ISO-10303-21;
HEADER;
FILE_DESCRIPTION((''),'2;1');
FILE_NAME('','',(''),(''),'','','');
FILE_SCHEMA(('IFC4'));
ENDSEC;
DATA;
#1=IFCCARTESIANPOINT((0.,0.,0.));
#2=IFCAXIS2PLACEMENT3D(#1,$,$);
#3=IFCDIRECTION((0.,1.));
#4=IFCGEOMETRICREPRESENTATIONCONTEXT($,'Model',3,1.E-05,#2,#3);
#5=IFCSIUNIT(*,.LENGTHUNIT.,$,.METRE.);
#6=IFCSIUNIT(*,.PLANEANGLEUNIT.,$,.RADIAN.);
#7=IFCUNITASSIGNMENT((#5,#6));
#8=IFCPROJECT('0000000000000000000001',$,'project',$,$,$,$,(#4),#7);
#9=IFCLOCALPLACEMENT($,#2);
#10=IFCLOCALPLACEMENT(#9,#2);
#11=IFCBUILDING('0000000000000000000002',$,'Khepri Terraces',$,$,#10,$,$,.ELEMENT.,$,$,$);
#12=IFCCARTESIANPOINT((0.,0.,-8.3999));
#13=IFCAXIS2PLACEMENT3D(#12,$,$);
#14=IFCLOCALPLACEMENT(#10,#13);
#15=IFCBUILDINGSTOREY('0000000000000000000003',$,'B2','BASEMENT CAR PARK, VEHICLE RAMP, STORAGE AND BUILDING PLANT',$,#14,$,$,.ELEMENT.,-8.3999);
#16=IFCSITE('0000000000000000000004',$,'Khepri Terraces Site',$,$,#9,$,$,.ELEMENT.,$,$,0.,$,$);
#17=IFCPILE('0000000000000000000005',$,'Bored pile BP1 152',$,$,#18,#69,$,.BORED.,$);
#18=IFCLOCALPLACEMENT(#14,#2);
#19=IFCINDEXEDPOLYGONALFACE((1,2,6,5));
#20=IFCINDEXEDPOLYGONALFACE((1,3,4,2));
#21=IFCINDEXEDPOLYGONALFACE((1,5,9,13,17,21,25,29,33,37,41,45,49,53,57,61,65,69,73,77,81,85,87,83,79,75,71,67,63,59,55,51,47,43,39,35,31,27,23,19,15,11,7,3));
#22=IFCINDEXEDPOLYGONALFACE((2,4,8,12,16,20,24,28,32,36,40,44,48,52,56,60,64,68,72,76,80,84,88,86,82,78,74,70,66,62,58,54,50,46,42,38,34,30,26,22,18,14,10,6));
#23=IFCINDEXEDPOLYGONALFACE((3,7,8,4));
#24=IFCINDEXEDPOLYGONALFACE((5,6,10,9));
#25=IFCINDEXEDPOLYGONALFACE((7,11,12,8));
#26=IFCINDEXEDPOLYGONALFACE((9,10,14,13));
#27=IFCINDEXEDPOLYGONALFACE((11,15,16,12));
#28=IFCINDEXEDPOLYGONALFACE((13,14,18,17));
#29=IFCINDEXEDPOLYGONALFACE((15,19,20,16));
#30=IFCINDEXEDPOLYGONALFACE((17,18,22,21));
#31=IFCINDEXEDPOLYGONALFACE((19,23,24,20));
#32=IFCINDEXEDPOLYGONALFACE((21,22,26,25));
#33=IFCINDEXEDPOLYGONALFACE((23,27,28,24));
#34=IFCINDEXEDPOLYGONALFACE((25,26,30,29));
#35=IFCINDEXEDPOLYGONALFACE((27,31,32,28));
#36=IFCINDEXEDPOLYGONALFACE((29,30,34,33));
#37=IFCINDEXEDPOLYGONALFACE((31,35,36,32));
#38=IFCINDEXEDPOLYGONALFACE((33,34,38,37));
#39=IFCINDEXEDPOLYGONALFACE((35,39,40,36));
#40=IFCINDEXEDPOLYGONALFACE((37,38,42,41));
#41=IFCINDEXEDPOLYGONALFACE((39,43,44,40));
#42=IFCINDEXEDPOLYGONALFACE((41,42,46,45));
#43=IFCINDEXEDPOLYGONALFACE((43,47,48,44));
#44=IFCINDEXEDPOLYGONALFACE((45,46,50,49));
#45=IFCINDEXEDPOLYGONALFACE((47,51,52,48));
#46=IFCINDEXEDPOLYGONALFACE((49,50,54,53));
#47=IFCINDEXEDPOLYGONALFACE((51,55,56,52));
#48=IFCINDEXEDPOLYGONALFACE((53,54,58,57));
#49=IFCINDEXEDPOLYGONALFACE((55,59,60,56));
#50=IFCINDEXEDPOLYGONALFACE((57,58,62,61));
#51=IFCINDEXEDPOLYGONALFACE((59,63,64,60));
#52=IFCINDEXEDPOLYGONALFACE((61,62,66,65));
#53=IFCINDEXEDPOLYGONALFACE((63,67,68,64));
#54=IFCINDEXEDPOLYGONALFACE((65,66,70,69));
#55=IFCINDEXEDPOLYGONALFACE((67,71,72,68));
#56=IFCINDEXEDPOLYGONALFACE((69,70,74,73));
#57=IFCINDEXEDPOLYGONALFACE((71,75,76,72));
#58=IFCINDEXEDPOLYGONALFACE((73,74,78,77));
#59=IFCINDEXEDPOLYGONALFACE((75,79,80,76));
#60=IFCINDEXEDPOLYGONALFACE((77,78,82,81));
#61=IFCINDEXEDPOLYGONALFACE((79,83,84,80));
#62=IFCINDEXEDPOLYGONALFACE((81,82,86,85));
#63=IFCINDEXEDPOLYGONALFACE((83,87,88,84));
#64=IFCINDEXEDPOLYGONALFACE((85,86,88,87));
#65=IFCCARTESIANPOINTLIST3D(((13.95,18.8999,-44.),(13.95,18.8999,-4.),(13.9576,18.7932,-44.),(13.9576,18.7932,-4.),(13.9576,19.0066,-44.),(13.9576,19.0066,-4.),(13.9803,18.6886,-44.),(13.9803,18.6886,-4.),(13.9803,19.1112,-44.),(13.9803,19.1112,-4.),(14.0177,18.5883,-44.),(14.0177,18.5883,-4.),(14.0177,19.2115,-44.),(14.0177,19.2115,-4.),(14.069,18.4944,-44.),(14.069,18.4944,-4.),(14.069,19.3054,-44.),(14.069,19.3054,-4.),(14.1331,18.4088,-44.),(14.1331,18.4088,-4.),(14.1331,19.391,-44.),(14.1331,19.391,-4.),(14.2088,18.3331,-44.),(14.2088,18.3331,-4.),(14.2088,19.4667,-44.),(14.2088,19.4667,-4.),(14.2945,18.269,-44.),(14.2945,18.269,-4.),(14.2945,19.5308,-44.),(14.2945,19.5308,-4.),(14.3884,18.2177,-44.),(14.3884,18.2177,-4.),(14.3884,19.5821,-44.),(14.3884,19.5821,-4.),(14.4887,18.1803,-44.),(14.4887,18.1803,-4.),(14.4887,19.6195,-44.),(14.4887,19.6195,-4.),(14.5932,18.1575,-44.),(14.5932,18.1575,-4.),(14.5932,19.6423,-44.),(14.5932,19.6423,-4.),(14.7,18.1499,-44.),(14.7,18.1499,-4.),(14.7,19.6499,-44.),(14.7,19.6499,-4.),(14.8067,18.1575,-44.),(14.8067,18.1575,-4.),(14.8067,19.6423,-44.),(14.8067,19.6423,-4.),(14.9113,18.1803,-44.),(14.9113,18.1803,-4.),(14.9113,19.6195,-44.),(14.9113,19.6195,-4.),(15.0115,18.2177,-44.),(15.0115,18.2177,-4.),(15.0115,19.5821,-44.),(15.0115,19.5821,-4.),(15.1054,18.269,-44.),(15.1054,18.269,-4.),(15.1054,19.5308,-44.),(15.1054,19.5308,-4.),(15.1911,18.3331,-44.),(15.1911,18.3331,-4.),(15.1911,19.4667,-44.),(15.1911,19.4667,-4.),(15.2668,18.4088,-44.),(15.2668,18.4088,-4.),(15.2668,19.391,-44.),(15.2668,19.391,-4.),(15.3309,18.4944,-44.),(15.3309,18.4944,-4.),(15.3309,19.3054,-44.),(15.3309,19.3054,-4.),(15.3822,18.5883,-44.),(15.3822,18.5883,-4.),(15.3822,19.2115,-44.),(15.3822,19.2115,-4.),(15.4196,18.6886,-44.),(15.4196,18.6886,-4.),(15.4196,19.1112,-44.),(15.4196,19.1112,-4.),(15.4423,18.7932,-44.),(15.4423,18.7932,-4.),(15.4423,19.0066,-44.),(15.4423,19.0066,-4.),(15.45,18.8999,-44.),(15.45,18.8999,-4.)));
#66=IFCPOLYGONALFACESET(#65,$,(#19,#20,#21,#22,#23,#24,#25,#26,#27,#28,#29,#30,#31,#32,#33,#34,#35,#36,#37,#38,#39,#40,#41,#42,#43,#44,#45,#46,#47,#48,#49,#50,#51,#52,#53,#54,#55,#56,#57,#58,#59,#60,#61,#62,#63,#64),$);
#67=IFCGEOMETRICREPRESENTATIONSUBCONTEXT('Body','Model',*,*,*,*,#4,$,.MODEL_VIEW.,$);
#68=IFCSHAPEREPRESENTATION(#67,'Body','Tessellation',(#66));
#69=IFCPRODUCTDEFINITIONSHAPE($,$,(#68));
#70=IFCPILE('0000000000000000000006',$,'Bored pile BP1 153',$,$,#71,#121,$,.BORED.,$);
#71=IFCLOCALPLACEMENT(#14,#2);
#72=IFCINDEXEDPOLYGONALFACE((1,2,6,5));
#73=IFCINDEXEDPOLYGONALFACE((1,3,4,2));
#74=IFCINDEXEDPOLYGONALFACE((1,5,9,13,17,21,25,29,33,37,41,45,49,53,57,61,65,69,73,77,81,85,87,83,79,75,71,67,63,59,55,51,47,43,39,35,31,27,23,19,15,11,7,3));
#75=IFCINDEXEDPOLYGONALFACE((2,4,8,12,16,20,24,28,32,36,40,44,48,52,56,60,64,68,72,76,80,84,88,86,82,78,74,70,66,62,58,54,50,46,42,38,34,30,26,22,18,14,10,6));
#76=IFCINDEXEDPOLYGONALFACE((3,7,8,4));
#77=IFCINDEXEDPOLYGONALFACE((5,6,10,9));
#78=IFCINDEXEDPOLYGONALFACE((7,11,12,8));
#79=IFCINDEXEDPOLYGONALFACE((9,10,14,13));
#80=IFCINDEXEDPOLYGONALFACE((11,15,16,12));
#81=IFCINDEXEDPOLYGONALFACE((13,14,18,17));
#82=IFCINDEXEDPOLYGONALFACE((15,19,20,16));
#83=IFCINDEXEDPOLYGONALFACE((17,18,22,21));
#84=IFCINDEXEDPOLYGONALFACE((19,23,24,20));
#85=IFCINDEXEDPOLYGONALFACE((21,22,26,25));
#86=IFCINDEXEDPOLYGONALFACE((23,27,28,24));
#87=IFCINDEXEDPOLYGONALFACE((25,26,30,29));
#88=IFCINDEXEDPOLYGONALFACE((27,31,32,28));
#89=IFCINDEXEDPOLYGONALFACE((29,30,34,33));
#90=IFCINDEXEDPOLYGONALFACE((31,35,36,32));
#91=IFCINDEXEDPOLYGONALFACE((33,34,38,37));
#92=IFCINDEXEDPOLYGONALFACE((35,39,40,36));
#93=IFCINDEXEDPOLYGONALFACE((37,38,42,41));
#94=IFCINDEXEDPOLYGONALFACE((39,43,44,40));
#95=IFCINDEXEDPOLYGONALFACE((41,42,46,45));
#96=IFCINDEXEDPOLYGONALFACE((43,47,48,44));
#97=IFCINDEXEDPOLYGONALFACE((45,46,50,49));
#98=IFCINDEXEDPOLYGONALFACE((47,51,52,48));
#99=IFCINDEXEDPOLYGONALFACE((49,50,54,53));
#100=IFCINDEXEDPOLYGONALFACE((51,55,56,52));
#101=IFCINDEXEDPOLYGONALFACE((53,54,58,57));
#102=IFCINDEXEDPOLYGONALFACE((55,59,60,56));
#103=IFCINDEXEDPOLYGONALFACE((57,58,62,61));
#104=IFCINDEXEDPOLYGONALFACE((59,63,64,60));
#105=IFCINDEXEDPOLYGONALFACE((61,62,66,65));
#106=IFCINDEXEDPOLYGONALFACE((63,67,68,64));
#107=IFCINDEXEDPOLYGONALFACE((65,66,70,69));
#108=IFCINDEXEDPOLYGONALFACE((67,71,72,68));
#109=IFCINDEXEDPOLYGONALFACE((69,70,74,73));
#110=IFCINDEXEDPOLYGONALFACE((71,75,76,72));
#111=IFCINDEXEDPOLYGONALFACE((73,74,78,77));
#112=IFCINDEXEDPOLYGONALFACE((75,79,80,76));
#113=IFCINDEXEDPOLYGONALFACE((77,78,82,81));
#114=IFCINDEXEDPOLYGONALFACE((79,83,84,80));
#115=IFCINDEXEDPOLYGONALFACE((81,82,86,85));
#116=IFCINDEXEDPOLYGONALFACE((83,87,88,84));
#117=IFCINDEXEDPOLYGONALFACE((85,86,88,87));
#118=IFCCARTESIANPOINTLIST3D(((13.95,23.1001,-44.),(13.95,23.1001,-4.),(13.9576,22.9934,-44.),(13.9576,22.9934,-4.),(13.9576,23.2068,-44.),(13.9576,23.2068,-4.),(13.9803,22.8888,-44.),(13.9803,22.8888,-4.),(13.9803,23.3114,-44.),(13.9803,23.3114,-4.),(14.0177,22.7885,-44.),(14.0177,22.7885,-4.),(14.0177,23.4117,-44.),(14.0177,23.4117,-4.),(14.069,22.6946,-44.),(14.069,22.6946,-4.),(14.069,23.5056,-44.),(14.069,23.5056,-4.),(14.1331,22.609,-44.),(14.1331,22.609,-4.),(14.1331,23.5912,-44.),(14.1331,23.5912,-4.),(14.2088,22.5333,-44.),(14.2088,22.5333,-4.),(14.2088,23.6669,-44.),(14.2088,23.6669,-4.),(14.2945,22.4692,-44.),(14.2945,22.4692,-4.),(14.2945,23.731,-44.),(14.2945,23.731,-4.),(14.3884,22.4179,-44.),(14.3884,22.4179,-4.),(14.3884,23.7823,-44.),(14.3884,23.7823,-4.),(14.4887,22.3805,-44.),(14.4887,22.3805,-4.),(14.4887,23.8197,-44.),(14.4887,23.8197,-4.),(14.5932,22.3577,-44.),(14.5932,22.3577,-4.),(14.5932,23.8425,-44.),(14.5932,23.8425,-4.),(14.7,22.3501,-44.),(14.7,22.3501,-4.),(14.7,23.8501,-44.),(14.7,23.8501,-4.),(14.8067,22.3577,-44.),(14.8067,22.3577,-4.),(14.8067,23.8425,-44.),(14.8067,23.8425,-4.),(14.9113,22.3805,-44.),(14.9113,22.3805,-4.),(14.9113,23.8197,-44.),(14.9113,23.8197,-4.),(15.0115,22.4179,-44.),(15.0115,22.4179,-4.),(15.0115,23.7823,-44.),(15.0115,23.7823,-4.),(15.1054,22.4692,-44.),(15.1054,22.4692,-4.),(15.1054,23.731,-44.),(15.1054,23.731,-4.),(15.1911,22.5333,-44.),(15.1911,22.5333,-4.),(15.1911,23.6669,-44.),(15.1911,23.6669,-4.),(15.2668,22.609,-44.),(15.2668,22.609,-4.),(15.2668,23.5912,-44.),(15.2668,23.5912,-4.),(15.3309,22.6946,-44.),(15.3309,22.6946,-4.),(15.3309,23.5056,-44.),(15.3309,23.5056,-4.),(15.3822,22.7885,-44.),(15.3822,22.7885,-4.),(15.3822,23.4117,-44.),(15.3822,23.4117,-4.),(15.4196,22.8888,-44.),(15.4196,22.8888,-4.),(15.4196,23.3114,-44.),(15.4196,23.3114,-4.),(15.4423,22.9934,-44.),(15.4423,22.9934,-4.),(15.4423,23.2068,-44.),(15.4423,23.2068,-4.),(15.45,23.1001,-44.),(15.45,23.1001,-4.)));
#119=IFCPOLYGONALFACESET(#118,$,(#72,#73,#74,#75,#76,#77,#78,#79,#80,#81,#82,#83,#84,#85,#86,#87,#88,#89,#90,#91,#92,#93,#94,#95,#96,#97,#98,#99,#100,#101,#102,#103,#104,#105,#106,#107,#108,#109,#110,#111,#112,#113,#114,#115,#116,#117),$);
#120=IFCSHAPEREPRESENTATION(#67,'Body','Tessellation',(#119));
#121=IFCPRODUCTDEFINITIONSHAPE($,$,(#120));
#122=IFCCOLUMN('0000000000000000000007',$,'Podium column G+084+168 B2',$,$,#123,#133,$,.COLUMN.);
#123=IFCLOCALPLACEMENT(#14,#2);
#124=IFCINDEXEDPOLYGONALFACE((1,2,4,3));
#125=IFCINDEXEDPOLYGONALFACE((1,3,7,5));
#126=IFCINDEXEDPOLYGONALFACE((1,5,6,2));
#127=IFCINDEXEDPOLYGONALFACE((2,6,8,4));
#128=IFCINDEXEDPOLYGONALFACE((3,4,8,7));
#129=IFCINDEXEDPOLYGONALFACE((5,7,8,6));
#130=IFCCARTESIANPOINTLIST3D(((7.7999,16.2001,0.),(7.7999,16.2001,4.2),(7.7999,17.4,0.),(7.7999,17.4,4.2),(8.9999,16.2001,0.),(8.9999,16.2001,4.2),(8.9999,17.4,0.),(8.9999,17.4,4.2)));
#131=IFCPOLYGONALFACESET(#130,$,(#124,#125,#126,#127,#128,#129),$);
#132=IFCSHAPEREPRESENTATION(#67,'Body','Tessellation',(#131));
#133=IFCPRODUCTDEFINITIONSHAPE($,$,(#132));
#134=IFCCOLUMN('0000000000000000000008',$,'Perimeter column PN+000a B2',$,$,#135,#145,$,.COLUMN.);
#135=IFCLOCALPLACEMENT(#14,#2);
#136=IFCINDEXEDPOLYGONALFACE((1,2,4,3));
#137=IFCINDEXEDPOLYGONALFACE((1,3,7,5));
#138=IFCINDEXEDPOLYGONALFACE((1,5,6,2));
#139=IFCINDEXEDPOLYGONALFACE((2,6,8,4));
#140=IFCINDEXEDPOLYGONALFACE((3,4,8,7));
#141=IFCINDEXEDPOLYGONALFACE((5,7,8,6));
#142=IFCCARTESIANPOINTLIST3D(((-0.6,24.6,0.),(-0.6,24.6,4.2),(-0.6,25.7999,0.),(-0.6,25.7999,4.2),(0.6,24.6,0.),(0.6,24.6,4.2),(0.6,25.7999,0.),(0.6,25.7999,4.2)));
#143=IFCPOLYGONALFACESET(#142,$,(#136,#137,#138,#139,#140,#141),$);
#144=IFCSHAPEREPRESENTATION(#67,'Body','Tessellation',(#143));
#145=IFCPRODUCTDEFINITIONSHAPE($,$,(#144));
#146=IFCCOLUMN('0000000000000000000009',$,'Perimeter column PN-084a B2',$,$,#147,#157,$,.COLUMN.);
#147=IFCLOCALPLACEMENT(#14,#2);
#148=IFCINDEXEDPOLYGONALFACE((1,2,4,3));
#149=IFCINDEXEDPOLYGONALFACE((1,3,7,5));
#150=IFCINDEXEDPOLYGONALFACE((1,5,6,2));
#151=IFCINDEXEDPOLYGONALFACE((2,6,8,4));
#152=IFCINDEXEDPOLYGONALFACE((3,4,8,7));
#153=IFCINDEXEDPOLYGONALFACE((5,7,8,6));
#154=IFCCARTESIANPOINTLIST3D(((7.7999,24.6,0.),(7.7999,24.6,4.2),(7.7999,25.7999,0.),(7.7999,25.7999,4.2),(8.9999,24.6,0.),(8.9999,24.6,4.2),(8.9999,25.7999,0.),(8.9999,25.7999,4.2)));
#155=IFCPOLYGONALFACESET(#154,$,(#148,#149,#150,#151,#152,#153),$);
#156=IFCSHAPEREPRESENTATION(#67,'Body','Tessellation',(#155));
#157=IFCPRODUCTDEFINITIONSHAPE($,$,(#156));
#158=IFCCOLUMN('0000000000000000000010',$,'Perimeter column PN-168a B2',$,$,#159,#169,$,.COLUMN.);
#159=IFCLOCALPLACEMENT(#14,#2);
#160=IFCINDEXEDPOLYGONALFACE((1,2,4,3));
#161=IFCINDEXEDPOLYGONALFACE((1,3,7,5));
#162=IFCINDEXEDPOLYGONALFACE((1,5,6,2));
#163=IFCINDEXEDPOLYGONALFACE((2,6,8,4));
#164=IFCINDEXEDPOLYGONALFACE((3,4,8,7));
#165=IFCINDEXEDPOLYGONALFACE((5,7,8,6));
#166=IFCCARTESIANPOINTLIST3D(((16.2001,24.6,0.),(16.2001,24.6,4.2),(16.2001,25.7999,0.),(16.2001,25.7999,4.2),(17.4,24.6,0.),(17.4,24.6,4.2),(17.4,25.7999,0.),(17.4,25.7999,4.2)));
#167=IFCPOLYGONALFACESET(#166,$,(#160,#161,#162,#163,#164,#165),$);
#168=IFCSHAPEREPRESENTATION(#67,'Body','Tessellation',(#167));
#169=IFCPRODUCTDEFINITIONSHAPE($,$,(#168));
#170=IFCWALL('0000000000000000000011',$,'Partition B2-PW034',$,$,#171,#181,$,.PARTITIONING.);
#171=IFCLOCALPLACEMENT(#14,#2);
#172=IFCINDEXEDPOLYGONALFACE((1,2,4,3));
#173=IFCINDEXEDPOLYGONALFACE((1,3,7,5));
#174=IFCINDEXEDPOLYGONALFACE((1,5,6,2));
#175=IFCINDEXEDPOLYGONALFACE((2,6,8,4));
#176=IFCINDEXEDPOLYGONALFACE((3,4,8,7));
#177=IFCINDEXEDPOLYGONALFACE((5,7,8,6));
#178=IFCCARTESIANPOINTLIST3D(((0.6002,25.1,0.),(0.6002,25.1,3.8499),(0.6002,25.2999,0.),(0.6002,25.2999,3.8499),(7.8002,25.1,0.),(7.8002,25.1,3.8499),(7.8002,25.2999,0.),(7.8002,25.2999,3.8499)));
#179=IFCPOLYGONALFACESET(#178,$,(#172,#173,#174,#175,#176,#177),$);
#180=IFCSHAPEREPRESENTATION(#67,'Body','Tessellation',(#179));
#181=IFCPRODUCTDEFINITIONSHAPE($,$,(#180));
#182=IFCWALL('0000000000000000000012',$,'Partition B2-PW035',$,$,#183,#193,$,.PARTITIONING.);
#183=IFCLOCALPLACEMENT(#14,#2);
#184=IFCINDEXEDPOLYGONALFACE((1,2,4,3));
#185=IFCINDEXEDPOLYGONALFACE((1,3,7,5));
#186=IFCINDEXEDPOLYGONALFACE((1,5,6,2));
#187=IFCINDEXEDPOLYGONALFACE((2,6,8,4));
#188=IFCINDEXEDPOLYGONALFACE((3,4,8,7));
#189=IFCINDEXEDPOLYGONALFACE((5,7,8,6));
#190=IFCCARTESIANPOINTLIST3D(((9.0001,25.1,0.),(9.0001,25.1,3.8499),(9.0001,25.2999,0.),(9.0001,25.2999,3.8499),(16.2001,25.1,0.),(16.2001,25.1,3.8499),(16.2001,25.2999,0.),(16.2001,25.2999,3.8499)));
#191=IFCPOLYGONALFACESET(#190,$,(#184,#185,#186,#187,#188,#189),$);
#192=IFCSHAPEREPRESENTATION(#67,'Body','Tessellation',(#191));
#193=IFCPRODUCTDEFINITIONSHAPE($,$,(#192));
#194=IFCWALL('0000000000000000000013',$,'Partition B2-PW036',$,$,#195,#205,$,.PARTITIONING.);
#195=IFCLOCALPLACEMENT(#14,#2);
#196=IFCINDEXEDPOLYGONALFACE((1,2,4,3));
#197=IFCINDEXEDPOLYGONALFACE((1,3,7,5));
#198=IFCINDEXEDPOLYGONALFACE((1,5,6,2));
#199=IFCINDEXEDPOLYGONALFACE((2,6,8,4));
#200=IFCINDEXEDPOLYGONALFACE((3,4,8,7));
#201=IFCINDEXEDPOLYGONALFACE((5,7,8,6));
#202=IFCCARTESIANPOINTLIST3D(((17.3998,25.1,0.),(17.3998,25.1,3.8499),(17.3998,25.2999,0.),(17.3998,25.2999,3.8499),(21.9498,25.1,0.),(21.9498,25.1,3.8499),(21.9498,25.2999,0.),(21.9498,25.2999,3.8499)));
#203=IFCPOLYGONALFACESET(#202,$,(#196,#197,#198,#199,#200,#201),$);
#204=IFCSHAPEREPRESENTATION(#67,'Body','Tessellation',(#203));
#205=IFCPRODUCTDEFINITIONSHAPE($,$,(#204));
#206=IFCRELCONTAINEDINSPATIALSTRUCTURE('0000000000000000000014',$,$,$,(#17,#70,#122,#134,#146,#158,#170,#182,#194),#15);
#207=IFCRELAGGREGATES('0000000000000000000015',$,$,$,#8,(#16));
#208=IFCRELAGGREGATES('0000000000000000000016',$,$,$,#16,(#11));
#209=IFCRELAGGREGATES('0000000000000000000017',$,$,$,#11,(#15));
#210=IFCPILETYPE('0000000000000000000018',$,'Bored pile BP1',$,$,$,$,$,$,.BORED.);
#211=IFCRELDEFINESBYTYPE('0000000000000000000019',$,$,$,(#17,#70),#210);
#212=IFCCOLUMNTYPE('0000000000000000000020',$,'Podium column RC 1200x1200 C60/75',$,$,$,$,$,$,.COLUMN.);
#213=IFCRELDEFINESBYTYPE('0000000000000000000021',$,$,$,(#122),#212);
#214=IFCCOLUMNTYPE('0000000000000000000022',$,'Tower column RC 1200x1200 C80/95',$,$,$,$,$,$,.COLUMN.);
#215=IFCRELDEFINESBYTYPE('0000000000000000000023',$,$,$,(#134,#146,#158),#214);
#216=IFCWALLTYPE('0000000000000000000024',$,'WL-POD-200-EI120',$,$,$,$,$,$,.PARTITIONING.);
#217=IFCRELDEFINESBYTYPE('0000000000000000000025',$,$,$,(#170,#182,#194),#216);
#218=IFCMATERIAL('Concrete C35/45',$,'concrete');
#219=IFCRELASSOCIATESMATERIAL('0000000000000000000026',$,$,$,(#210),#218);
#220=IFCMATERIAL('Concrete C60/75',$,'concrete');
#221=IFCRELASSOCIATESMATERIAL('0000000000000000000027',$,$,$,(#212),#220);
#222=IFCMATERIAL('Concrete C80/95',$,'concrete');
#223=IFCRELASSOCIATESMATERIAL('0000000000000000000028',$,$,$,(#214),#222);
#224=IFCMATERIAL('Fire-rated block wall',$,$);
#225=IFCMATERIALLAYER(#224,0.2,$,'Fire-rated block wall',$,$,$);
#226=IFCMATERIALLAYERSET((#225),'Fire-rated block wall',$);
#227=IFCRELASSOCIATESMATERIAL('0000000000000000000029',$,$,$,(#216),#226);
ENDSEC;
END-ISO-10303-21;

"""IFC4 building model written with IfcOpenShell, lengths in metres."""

from ifc_helpers import new_model, si_unit, direction, frame, frame_2d, origin, origin_2d, place, context, subcontext, project, spatial, rectangle, circle, extrude, material, layer, layer_set, material_profile, profile_set, type_object, element, save


model = new_model("IFC4")

# Units and contexts
model_context = context("Model", 3, precision=1e-05, world=origin(), true_north=direction((0.0, 1.0)))
body_context = subcontext(model_context, "Body", "Model", "MODEL_VIEW")
ifc_project = project(units=[si_unit("LENGTHUNIT", "METRE"), si_unit("PLANEANGLEUNIT", "RADIAN")], contexts=[model_context])

# Site, building, storey
site_placement = place(None, origin())
site = spatial("IfcSite", under=ifc_project, at=site_placement, Name="Khepri Terraces Site", CompositionType="ELEMENT", RefElevation=0.0)
building_placement = place(site_placement, origin())
building = spatial("IfcBuilding", under=site, at=building_placement, Name="Khepri Terraces", CompositionType="ELEMENT")
storey_placement = place(building_placement, frame((0.0, 0.0, -8.3999)))
storey = spatial("IfcBuildingStorey", under=building, at=storey_placement, Name="B2", Description="BASEMENT CAR PARK, VEHICLE RAMP, STORAGE AND BUILDING PLANT", CompositionType="ELEMENT", Elevation=-8.3999)

# Piles
ifc_material_1 = material(Name="Concrete C35/45", Category="concrete")
ifc_material_profile_1 = material_profile(ifc_material_1, circle(Radius=0.75, at=origin_2d()), Name="Concrete C35/45", Category="concrete")
ifc_profile_set_1 = profile_set([ifc_material_profile_1], Name="Concrete C35/45")
pile_type = type_object("IfcPileType", Name="Bored pile BP1", PredefinedType="BORED", material=ifc_profile_set_1)
for number, where, z_axis, x_axis, name in (
    (1, (14.7, 18.8999, -4.0), (0.0, 0.0, -1.0), (1.0, 0.0, 0.0), "Bored pile BP1 152"),
    (2, (14.7, 23.1001, -4.0), (0.0, 0.0, -1.0), (1.0, 0.0, 0.0), "Bored pile BP1 153"),
):
    element("IfcPile", number, at=place(storey_placement, frame(where, z_axis=z_axis, x_axis=x_axis)), inside=storey, type_object=pile_type, Name=name, PredefinedType="BORED", context=body_context, shape_type="SweptSolid", body=[
        extrude(circle(Radius=0.75, at=origin_2d()), origin(), (0.0, 0.0, 1.0), 40.0),
    ])

# Columns
ifc_material_2 = material(Name="Concrete C60/75", Category="concrete")
ifc_material_profile_2 = material_profile(ifc_material_2, rectangle(XDim=1.2, YDim=1.2, at=origin_2d()), Name="Concrete C60/75", Category="concrete")
ifc_profile_set_2 = profile_set([ifc_material_profile_2], Name="Concrete C60/75")
column_type_1 = type_object("IfcColumnType", Name="Podium column RC 1200x1200 C60/75", PredefinedType="COLUMN", material=ifc_profile_set_2)
column_placement = place(storey_placement, frame((8.3999, 16.8, 0.0), z_axis=(0.0, 0.0, 1.0), x_axis=(1.0, 0.0, 0.0)))
element("IfcColumn", 3, at=column_placement, inside=storey, type_object=column_type_1, Name="Podium column G+084+168 B2", PredefinedType="COLUMN", context=body_context, shape_type="SweptSolid", body=[
    extrude(rectangle(XDim=1.2, YDim=1.2, at=origin_2d()), origin(), (0.0, 0.0, 1.0), 4.2),
])
ifc_material_3 = material(Name="Concrete C80/95", Category="concrete")
ifc_material_profile_3 = material_profile(ifc_material_3, rectangle(XDim=1.2, YDim=1.2, at=origin_2d()), Name="Concrete C80/95", Category="concrete")
ifc_profile_set_3 = profile_set([ifc_material_profile_3], Name="Concrete C80/95")
column_type_2 = type_object("IfcColumnType", Name="Tower column RC 1200x1200 C80/95", PredefinedType="COLUMN", material=ifc_profile_set_3)
for number, where, z_axis, x_axis, name in (
    (4, (0.0, 25.2, 0.0), (0.0, 0.0, 1.0), (1.0, 0.0, 0.0), "Perimeter column PN+000a B2"),
    (5, (8.3999, 25.2, 0.0), (0.0, 0.0, 1.0), (1.0, 0.0, 0.0), "Perimeter column PN-084a B2"),
    (6, (16.8, 25.2, 0.0), (0.0, 0.0, 1.0), (1.0, 0.0, 0.0), "Perimeter column PN-168a B2"),
):
    element("IfcColumn", number, at=place(storey_placement, frame(where, z_axis=z_axis, x_axis=x_axis)), inside=storey, type_object=column_type_2, Name=name, PredefinedType="COLUMN", context=body_context, shape_type="SweptSolid", body=[
        extrude(rectangle(XDim=1.2, YDim=1.2, at=origin_2d()), origin(), (0.0, 0.0, 1.0), 4.2),
    ])

# Walls
ifc_material_4 = material(Name="Fire-rated block wall")
ifc_layer = layer(ifc_material_4, 0.2, Name="Fire-rated block wall")
ifc_layer_set = layer_set([ifc_layer], Name="Fire-rated block wall")
wall_type = type_object("IfcWallType", Name="WL-POD-200-EI120", PredefinedType="PARTITIONING", material=ifc_layer_set)
for number, where, z_axis, x_axis, name in (
    (7, (0.6001, 25.2, 0.0), (0.0, 0.0, 1.0), (1.0, 0.0, 0.0), "Partition B2-PW034"),
    (8, (9.0, 25.2, 0.0), (0.0, 0.0, 1.0), (1.0, 0.0, 0.0), "Partition B2-PW035"),
):
    element("IfcWall", number, at=place(storey_placement, frame(where, z_axis=z_axis, x_axis=x_axis)), inside=storey, type_object=wall_type, Name=name, PredefinedType="PARTITIONING", context=body_context, shape_type="SweptSolid", body=[
        extrude(rectangle(XDim=7.2, YDim=0.2, at=frame_2d((3.6001, 0.0))), origin(), (0.0, 0.0, 1.0), 3.8499),
    ])
wall_1_placement = place(storey_placement, frame((17.3999, 25.2, 0.0), z_axis=(0.0, 0.0, 1.0), x_axis=(1.0, 0.0, 0.0)))
element("IfcWall", 9, at=wall_1_placement, inside=storey, type_object=wall_type, Name="Partition B2-PW036", PredefinedType="PARTITIONING", context=body_context, shape_type="SweptSolid", body=[
    extrude(rectangle(XDim=4.55, YDim=0.2, at=frame_2d((2.2749, 0.0))), origin(), (0.0, 0.0, 1.0), 3.8499),
])

save(model, "model.ifc")
